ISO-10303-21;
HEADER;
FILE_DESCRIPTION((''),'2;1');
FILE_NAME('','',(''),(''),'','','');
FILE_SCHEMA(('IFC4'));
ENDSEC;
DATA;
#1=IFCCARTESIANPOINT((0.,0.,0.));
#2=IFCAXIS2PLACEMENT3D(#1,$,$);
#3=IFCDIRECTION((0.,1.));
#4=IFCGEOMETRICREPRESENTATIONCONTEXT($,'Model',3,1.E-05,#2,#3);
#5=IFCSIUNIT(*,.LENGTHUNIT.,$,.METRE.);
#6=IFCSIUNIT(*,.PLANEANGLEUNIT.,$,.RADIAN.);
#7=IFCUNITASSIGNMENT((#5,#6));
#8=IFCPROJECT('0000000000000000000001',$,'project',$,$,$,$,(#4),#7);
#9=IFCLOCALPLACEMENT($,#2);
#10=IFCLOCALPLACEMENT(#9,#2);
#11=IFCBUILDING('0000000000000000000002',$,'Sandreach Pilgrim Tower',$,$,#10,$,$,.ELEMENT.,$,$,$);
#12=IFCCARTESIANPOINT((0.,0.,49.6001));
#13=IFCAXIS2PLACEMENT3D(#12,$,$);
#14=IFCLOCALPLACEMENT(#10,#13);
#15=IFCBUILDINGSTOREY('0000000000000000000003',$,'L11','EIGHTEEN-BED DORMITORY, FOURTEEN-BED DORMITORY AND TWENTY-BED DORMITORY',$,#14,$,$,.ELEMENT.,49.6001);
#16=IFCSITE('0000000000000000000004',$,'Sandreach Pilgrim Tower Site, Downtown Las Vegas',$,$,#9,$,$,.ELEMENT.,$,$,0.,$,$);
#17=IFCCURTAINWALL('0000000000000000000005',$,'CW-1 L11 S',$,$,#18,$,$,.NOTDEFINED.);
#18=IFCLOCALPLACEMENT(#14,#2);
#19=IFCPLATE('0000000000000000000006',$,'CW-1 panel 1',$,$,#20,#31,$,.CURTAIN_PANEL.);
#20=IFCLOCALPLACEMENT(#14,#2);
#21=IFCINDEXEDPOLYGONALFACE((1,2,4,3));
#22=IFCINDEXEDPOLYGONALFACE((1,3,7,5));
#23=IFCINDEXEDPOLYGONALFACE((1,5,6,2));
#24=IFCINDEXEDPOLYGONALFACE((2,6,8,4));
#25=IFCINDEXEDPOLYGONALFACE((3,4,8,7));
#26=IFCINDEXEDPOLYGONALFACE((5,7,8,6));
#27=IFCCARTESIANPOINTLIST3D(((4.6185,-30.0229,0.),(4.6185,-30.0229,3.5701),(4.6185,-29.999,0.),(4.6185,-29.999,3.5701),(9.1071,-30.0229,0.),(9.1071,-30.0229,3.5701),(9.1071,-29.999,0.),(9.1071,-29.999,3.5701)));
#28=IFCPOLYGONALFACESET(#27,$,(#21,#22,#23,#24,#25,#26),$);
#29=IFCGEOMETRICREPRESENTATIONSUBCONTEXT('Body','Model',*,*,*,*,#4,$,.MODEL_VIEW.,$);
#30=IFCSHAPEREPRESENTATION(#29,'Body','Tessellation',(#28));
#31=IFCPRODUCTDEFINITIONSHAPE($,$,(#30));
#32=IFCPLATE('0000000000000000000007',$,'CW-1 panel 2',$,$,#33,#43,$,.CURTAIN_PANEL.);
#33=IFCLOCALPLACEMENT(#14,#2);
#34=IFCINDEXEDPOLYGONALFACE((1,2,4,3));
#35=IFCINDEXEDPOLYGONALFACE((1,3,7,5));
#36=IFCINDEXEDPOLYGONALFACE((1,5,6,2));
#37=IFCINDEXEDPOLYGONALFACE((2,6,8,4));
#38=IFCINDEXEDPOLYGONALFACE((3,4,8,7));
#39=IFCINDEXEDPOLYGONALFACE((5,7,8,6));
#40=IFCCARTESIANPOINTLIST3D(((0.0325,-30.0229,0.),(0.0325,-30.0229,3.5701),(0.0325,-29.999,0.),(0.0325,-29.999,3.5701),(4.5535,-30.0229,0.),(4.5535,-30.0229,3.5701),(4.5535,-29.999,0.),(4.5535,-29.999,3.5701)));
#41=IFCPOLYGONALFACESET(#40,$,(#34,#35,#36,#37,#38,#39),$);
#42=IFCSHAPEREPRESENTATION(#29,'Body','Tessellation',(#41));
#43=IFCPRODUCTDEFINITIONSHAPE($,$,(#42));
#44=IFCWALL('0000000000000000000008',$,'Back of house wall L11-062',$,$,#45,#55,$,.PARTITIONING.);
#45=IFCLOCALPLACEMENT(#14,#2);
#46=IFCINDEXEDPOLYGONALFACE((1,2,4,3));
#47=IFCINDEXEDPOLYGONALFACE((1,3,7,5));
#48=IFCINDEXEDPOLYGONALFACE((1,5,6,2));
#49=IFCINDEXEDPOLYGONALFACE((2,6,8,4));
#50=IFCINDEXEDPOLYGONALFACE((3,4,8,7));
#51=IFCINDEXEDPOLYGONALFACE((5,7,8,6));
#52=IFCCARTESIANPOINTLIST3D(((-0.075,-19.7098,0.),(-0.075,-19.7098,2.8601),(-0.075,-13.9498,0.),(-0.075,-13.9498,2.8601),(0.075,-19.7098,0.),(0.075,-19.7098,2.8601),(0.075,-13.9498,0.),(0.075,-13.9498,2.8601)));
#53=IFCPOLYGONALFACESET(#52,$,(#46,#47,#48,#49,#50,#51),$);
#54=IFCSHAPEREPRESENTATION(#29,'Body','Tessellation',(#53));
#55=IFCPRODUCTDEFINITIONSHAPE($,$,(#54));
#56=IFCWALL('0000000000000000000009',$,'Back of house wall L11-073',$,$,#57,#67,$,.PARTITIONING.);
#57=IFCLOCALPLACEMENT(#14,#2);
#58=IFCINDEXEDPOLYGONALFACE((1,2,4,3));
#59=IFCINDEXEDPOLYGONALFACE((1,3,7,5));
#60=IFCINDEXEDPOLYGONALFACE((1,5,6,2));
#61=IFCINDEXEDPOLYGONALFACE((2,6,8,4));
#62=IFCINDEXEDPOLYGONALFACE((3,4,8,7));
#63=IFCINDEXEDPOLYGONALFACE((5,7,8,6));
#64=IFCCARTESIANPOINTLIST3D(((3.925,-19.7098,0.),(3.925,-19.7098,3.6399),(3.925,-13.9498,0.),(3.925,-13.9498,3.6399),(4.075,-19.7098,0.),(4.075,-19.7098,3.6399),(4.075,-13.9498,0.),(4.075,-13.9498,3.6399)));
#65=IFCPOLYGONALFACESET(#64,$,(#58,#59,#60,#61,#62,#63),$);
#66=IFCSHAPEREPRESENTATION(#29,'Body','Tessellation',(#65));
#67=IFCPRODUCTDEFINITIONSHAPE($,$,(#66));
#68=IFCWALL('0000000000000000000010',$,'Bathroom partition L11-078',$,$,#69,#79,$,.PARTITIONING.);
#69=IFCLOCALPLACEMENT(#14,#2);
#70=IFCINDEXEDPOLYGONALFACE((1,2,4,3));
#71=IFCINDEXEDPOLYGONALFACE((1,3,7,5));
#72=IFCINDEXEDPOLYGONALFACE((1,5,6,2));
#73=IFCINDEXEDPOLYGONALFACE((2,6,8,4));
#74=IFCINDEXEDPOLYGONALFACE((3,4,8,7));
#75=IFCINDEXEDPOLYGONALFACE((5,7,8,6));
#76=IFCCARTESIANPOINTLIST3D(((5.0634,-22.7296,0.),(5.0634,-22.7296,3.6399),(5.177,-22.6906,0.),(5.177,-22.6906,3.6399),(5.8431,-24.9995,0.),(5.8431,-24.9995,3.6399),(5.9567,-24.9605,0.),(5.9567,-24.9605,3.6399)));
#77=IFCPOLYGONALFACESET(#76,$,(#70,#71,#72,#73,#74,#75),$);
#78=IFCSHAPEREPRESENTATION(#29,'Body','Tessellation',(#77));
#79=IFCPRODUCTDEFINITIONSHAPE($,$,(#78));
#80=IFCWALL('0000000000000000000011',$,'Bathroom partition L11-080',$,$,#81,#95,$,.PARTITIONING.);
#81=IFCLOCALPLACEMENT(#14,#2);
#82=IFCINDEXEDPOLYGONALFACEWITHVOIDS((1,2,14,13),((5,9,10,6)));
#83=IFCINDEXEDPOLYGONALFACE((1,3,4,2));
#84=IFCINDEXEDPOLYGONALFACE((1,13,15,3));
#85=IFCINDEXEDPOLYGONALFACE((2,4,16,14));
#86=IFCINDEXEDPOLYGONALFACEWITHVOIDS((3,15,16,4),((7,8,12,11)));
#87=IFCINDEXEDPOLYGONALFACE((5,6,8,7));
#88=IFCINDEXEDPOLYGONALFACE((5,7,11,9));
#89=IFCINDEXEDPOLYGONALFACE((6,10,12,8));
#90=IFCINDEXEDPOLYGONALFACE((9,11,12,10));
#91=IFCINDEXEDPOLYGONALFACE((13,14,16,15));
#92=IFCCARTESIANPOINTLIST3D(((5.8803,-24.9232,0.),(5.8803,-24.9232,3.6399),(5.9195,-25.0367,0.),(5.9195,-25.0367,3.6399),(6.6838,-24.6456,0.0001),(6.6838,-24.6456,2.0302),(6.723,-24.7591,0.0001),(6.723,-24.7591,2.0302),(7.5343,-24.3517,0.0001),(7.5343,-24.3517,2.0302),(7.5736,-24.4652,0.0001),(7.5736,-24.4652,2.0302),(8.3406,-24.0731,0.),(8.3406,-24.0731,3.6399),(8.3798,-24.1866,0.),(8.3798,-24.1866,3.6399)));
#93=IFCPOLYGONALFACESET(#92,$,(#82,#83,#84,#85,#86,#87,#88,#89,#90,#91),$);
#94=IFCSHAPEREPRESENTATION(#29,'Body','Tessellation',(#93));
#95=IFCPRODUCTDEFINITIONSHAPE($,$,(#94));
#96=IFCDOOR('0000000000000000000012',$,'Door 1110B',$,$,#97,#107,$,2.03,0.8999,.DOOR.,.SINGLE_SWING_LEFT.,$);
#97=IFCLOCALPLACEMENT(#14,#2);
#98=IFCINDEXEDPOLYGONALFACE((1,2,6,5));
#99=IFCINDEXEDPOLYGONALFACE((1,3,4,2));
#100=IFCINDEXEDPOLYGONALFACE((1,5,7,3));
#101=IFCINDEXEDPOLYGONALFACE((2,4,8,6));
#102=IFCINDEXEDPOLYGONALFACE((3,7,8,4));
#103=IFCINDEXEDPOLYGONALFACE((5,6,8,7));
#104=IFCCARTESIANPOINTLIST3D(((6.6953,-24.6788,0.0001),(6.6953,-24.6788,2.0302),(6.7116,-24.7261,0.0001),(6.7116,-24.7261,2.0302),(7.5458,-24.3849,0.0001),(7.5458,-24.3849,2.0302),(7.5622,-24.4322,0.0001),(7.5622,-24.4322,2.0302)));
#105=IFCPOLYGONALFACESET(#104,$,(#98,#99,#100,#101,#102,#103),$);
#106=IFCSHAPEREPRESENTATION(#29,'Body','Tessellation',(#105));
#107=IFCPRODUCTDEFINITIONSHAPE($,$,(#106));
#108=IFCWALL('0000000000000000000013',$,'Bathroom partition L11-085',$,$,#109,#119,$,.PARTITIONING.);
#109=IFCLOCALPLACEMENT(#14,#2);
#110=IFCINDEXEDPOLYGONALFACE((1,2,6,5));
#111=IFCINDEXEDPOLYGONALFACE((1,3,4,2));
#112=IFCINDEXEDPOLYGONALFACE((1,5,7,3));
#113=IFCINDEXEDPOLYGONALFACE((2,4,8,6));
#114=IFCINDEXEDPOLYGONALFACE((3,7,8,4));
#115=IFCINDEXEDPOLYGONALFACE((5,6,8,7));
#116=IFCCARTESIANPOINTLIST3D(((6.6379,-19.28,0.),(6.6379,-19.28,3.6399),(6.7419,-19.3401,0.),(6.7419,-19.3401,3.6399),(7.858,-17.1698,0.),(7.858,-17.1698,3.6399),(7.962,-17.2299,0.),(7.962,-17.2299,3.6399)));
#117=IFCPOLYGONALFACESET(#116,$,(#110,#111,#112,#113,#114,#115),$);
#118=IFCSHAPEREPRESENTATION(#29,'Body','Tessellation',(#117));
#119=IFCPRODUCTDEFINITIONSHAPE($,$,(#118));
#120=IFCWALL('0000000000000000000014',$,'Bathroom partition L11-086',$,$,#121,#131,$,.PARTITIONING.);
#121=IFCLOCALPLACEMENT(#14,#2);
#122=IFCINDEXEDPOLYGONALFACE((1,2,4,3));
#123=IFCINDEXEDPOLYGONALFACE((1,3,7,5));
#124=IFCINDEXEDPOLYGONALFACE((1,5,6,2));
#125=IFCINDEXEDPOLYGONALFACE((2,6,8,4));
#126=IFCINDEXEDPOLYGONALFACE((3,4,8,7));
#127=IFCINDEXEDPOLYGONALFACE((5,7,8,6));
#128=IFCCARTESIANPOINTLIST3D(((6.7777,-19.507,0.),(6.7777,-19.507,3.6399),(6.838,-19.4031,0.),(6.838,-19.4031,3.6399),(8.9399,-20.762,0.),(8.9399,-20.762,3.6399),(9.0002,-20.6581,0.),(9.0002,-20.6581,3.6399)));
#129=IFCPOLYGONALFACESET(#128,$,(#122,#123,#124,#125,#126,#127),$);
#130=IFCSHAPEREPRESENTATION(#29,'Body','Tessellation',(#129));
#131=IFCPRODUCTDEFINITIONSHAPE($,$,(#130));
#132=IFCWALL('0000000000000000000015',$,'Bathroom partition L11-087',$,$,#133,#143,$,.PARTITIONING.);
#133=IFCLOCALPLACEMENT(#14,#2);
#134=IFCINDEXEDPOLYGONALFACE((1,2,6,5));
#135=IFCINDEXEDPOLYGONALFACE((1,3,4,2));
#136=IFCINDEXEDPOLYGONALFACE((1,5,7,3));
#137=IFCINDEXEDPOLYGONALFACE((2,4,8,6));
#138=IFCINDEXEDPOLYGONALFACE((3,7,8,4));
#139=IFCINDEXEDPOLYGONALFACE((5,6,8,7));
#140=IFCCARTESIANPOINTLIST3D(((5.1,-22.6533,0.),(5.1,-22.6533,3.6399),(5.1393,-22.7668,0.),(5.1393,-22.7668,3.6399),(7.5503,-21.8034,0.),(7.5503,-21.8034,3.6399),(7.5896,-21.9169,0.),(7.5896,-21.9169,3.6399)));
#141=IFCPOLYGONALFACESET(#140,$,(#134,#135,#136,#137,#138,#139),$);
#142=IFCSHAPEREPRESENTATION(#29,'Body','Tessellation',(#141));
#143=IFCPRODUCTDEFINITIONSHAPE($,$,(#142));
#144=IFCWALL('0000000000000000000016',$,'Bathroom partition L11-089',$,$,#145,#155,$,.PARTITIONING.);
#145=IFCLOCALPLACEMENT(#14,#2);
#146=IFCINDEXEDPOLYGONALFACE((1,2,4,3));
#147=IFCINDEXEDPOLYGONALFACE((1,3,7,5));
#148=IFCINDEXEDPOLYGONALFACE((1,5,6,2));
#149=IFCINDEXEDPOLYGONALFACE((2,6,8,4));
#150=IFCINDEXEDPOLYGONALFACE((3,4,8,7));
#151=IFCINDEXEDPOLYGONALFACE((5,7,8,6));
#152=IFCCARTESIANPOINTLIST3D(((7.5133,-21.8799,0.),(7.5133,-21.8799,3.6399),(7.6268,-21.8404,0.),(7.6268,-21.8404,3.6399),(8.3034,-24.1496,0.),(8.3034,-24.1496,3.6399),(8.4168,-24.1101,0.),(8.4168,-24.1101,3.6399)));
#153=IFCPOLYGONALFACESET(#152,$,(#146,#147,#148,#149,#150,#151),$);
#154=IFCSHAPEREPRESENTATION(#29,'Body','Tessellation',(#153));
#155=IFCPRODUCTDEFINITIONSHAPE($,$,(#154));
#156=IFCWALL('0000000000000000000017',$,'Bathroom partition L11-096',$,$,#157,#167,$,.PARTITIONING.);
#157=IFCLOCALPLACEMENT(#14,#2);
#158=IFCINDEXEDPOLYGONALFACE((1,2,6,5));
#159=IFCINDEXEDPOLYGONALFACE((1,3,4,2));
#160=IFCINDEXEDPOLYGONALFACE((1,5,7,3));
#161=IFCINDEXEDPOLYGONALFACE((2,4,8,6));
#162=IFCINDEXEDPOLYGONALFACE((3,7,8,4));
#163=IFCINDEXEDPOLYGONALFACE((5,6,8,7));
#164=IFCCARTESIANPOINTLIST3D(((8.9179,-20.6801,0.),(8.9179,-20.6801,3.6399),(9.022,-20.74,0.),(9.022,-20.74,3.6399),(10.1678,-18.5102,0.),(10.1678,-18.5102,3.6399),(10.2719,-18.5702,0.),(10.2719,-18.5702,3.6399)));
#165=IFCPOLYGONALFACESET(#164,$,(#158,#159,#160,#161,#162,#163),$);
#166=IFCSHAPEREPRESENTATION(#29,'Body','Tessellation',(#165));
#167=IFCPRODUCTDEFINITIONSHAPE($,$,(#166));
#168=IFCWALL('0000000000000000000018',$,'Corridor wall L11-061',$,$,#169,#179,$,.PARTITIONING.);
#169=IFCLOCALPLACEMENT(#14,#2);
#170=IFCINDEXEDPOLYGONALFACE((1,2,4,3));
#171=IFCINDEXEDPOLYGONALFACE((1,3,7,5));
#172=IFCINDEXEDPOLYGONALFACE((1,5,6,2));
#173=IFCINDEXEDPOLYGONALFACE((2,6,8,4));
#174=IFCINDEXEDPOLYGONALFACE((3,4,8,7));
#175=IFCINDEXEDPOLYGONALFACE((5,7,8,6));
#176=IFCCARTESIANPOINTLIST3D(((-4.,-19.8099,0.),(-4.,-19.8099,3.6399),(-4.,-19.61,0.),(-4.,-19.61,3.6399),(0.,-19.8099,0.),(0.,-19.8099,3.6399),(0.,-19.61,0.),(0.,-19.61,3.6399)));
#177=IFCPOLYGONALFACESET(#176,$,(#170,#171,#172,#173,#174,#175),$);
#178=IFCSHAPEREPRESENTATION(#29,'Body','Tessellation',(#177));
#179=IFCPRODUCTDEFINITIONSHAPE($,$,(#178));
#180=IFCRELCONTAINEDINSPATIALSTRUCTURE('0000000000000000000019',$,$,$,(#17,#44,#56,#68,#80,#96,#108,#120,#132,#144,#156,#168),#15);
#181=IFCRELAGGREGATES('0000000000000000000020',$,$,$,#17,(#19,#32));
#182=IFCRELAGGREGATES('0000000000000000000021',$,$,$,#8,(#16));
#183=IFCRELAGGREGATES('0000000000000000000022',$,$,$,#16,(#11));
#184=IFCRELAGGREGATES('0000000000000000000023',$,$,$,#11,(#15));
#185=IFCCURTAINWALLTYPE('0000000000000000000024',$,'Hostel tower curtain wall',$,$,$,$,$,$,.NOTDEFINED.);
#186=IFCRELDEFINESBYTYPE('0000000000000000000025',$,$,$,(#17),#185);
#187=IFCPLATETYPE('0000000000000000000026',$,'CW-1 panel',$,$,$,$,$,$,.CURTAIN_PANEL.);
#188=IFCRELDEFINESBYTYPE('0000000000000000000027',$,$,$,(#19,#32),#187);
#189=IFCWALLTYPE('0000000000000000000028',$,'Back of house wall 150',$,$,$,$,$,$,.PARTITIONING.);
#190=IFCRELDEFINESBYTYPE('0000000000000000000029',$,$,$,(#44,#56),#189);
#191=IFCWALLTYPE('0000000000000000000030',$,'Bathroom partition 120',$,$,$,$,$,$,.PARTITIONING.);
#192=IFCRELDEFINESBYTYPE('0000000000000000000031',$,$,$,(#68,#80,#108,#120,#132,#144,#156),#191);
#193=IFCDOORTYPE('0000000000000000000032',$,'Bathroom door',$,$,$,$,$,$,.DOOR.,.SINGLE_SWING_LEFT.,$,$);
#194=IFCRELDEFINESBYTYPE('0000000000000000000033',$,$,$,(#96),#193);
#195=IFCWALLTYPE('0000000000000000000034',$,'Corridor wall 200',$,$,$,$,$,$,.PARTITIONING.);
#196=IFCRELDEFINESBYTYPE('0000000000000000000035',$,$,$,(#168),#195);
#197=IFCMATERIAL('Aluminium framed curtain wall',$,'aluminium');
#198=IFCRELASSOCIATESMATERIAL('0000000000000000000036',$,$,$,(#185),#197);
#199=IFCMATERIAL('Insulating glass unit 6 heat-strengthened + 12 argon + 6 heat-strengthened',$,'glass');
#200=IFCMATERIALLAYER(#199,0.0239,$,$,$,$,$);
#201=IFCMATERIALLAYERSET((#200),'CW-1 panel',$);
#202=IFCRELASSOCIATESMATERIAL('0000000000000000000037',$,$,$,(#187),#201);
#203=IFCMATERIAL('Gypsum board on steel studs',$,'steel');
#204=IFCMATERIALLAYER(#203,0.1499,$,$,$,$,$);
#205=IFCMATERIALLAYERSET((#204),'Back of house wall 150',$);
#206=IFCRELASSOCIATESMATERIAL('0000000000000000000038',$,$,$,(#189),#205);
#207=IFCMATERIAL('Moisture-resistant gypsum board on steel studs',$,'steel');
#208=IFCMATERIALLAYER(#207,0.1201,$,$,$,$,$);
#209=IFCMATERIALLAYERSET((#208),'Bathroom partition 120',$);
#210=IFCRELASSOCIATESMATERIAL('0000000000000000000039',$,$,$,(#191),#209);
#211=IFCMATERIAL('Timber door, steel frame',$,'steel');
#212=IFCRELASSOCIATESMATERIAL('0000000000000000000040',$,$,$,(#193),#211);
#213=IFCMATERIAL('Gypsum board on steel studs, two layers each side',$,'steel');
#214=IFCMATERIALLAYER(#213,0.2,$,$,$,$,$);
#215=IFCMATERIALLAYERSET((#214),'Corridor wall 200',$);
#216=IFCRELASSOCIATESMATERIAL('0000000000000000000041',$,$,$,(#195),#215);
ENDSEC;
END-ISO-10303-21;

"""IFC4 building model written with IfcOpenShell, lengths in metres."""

from ifc_helpers import new_model, si_unit, direction, frame, frame_2d, origin, origin_2d, place, context, subcontext, project, spatial, rectangle, extrude, material, layer, layer_set, type_object, element, fill, aggregate, save


model = new_model("IFC4")

# Units and contexts
model_context = context("Model", 3, precision=1e-05, world=origin(), true_north=direction((0.0, 1.0)))
body_context = subcontext(model_context, "Body", "Model", "MODEL_VIEW")
ifc_project = project(units=[si_unit("LENGTHUNIT", "METRE"), si_unit("PLANEANGLEUNIT", "RADIAN")], contexts=[model_context])

# Site, building, storey
site_placement = place(None, origin())
site = spatial("IfcSite", under=ifc_project, at=site_placement, Name="Sandreach Pilgrim Tower Site, Downtown Las Vegas", CompositionType="ELEMENT", RefElevation=0.0)
building_placement = place(site_placement, origin())
building = spatial("IfcBuilding", under=site, at=building_placement, Name="Sandreach Pilgrim Tower", CompositionType="ELEMENT")
storey_placement = place(building_placement, frame((0.0, 0.0, 49.6001)))
storey = spatial("IfcBuildingStorey", under=building, at=storey_placement, Name="L11", Description="EIGHTEEN-BED DORMITORY, FOURTEEN-BED DORMITORY AND TWENTY-BED DORMITORY", CompositionType="ELEMENT", Elevation=49.6001)

# Curtain wall
ifc_material_1 = material(Name="Aluminium framed curtain wall", Category="aluminium")
curtain_wall_type = type_object("IfcCurtainWallType", Name="Hostel tower curtain wall", PredefinedType="NOTDEFINED", material=ifc_material_1)
curtain_wall_placement = place(storey_placement, origin())
curtain_wall = element("IfcCurtainWall", 1, at=curtain_wall_placement, inside=storey, type_object=curtain_wall_type, Name="CW-1 L11 S", PredefinedType="NOTDEFINED")

# Plates
ifc_material_2 = material(Name="Insulating glass unit 6 heat-strengthened + 12 argon + 6 heat-strengthened", Category="glass")
ifc_layer_1 = layer(ifc_material_2, 0.0239)
ifc_layer_set_1 = layer_set([ifc_layer_1], Name="CW-1 panel")
plate_type = type_object("IfcPlateType", Name="CW-1 panel", PredefinedType="CURTAIN_PANEL", material=ifc_layer_set_1)
plate_1_placement = place(storey_placement, frame((6.8628, -30.011, 0.0), z_axis=(0.0, 0.0, 1.0), x_axis=(-1.0, 0.0, 0.0)))
plate_1 = element("IfcPlate", 2, at=plate_1_placement, type_object=plate_type, Name="CW-1 panel 1", PredefinedType="CURTAIN_PANEL", context=body_context, shape_type="SweptSolid", body=[
    extrude(rectangle(XDim=4.4885, YDim=0.0239, at=origin_2d()), origin(), (0.0, 0.0, 1.0), 3.5701),
])
plate_2_placement = place(storey_placement, frame((2.293, -30.011, 0.0), z_axis=(0.0, 0.0, 1.0), x_axis=(-1.0, 0.0, 0.0)))
plate_2 = element("IfcPlate", 3, at=plate_2_placement, type_object=plate_type, Name="CW-1 panel 2", PredefinedType="CURTAIN_PANEL", context=body_context, shape_type="SweptSolid", body=[
    extrude(rectangle(XDim=4.521, YDim=0.0239, at=origin_2d()), origin(), (0.0, 0.0, 1.0), 3.5701),
])
aggregate(curtain_wall, [plate_1, plate_2])

# Walls
ifc_material_3 = material(Name="Gypsum board on steel studs", Category="steel")
ifc_layer_2 = layer(ifc_material_3, 0.1499)
ifc_layer_set_2 = layer_set([ifc_layer_2], Name="Back of house wall 150")
wall_type_1 = type_object("IfcWallType", Name="Back of house wall 150", PredefinedType="PARTITIONING", material=ifc_layer_set_2)
wall_1_placement = place(storey_placement, frame((0.0, -13.95, 0.0), z_axis=(0.0, 0.0, 1.0), x_axis=(0.0, -1.0, 0.0)))
element("IfcWall", 4, at=wall_1_placement, inside=storey, type_object=wall_type_1, Name="Back of house wall L11-062", PredefinedType="PARTITIONING", context=body_context, shape_type="SweptSolid", body=[
    extrude(rectangle(XDim=5.76, YDim=0.1499, at=frame_2d((2.8799, 0.0))), origin(), (0.0, 0.0, 1.0), 2.8601),
])
wall_2_placement = place(storey_placement, frame((4.0, -13.95, 0.0), z_axis=(0.0, 0.0, 1.0), x_axis=(0.0, -1.0, 0.0)))
element("IfcWall", 5, at=wall_2_placement, inside=storey, type_object=wall_type_1, Name="Back of house wall L11-073", PredefinedType="PARTITIONING", context=body_context, shape_type="SweptSolid", body=[
    extrude(rectangle(XDim=5.76, YDim=0.1499, at=frame_2d((2.8799, 0.0))), origin(), (0.0, 0.0, 1.0), 3.6399),
])
ifc_material_4 = material(Name="Moisture-resistant gypsum board on steel studs", Category="steel")
ifc_layer_3 = layer(ifc_material_4, 0.1201)
ifc_layer_set_3 = layer_set([ifc_layer_3], Name="Bathroom partition 120")
wall_type_2 = type_object("IfcWallType", Name="Bathroom partition 120", PredefinedType="PARTITIONING", material=ifc_layer_set_3)
wall_3_placement = place(storey_placement, frame((5.1201, -22.71, 0.0), z_axis=(0.0, 0.0, 1.0), x_axis=(0.324881, -0.945755, 0.0)))
element("IfcWall", 6, at=wall_3_placement, inside=storey, type_object=wall_type_2, Name="Bathroom partition L11-078", PredefinedType="PARTITIONING", context=body_context, shape_type="SweptSolid", body=[
    extrude(rectangle(XDim=2.4001, YDim=0.1201, at=frame_2d((1.2002, 0.0))), origin(), (0.0, 0.0, 1.0), 3.6399),
])

# Wall, opening, door
wall_4_placement = place(storey_placement, frame((5.8999, -24.98, 0.0), z_axis=(0.0, 0.0, 1.0), x_axis=(0.945165, 0.326592, 0.0)))
wall_4 = element("IfcWall", 7, at=wall_4_placement, inside=storey, type_object=wall_type_2, Name="Bathroom partition L11-080", PredefinedType="PARTITIONING", context=body_context, shape_type="SweptSolid", body=[
    extrude(rectangle(XDim=2.603, YDim=0.1201, at=frame_2d((1.3015, 0.0))), origin(), (0.0, 0.0, 1.0), 3.6399),
])
opening_1_placement = place(wall_4_placement, frame((0.8501, 0.0, 0.0)))
opening_1 = element("IfcOpeningElement", 8, at=opening_1_placement, cuts=wall_4, PredefinedType="OPENING", context=body_context, shape_type="SweptSolid", body=[
    extrude(rectangle(XDim=0.8999, YDim=2.03, at=frame_2d((0.45, 1.0151))), frame((0.0, 0.0601, 0.0), z_axis=(0.0, -1.0, 0.0), x_axis=(1.0, 0.0, 0.0)), (0.0, 0.0, 1.0), 0.1201),
])
ifc_material_5 = material(Name="Timber door, steel frame", Category="steel")
door_type_1 = type_object("IfcDoorType", Name="Bathroom door", OperationType="SINGLE_SWING_LEFT", PredefinedType="DOOR", material=ifc_material_5)
door_1_placement = place(opening_1_placement, origin())
door_1 = element("IfcDoor", 9, at=door_1_placement, inside=storey, type_object=door_type_1, Name="Door 1110B", OperationType="SINGLE_SWING_LEFT", OverallHeight=2.03, OverallWidth=0.8999, PredefinedType="DOOR", context=body_context, shape_type="SweptSolid", body=[
    extrude(rectangle(XDim=0.8999, YDim=2.03, at=frame_2d((0.45, 1.0151))), frame((0.0, 0.0249, 0.0), z_axis=(0.0, -1.0, 0.0), x_axis=(1.0, 0.0, 0.0)), (0.0, 0.0, 1.0), 0.05),
])
fill(opening_1, door_1)

# Walls
wall_5_placement = place(storey_placement, frame((6.6899, -19.3101, 0.0), z_axis=(0.0, 0.0, 1.0), x_axis=(0.500523, 0.865723, 0.0)))
element("IfcWall", 10, at=wall_5_placement, inside=storey, type_object=wall_type_2, Name="Bathroom partition L11-085", PredefinedType="PARTITIONING", context=body_context, shape_type="SweptSolid", body=[
    extrude(rectangle(XDim=2.4375, YDim=0.1201, at=frame_2d((1.2188, 0.0))), origin(), (0.0, 0.0, 1.0), 3.6399),
])
wall_6_placement = place(storey_placement, frame((6.8079, -19.4551, 0.0), z_axis=(0.0, 0.0, 1.0), x_axis=(0.864882, -0.501975, 0.0)))
element("IfcWall", 11, at=wall_6_placement, inside=storey, type_object=wall_type_2, Name="Bathroom partition L11-086", PredefinedType="PARTITIONING", context=body_context, shape_type="SweptSolid", body=[
    extrude(rectangle(XDim=2.5, YDim=0.1201, at=frame_2d((1.25, 0.0))), origin(), (0.0, 0.0, 1.0), 3.6399),
])
wall_7_placement = place(storey_placement, frame((7.5701, -21.8601, 0.0), z_axis=(0.0, 0.0, 1.0), x_axis=(-0.944782, -0.327699, 0.0)))
element("IfcWall", 12, at=wall_7_placement, inside=storey, type_object=wall_type_2, Name="Bathroom partition L11-087", PredefinedType="PARTITIONING", context=body_context, shape_type="SweptSolid", body=[
    extrude(rectangle(XDim=2.5935, YDim=0.1201, at=frame_2d((1.2969, 0.0))), origin(), (0.0, 0.0, 1.0), 3.6399),
])
wall_8_placement = place(storey_placement, frame((7.5701, -21.8601, 0.0), z_axis=(0.0, 0.0, 1.0), x_axis=(0.328725, -0.944426, 0.0)))
element("IfcWall", 13, at=wall_8_placement, inside=storey, type_object=wall_type_2, Name="Bathroom partition L11-089", PredefinedType="PARTITIONING", context=body_context, shape_type="SweptSolid", body=[
    extrude(rectangle(XDim=2.4033, YDim=0.1201, at=frame_2d((1.2017, 0.0))), origin(), (0.0, 0.0, 1.0), 3.6399),
])
wall_9_placement = place(storey_placement, frame((8.97, -20.71, 0.0), z_axis=(0.0, 0.0, 1.0), x_axis=(0.49916, 0.86651, 0.0)))
element("IfcWall", 14, at=wall_9_placement, inside=storey, type_object=wall_type_2, Name="Bathroom partition L11-096", PredefinedType="PARTITIONING", context=body_context, shape_type="SweptSolid", body=[
    extrude(rectangle(XDim=2.5042, YDim=0.1201, at=frame_2d((1.252, 0.0))), origin(), (0.0, 0.0, 1.0), 3.6399),
])

# Shared definitions
ifc_material_6 = material(Name="Gypsum board on steel studs, two layers each side", Category="steel")
ifc_layer_4 = layer(ifc_material_6, 0.2)
ifc_layer_set_4 = layer_set([ifc_layer_4], Name="Corridor wall 200")
wall_type_3 = type_object("IfcWallType", Name="Corridor wall 200", PredefinedType="PARTITIONING", material=ifc_layer_set_4)

# Wall
wall_10_placement = place(storey_placement, frame((0.0, -19.71, 0.0), z_axis=(0.0, 0.0, 1.0), x_axis=(-1.0, 0.0, 0.0)))
element("IfcWall", 15, at=wall_10_placement, inside=storey, type_object=wall_type_3, Name="Corridor wall L11-061", PredefinedType="PARTITIONING", context=body_context, shape_type="SweptSolid", body=[
    extrude(rectangle(XDim=4.0, YDim=0.2, at=frame_2d((2.0, 0.0))), origin(), (0.0, 0.0, 1.0), 3.6399),
])

save(model, "model.ifc")
